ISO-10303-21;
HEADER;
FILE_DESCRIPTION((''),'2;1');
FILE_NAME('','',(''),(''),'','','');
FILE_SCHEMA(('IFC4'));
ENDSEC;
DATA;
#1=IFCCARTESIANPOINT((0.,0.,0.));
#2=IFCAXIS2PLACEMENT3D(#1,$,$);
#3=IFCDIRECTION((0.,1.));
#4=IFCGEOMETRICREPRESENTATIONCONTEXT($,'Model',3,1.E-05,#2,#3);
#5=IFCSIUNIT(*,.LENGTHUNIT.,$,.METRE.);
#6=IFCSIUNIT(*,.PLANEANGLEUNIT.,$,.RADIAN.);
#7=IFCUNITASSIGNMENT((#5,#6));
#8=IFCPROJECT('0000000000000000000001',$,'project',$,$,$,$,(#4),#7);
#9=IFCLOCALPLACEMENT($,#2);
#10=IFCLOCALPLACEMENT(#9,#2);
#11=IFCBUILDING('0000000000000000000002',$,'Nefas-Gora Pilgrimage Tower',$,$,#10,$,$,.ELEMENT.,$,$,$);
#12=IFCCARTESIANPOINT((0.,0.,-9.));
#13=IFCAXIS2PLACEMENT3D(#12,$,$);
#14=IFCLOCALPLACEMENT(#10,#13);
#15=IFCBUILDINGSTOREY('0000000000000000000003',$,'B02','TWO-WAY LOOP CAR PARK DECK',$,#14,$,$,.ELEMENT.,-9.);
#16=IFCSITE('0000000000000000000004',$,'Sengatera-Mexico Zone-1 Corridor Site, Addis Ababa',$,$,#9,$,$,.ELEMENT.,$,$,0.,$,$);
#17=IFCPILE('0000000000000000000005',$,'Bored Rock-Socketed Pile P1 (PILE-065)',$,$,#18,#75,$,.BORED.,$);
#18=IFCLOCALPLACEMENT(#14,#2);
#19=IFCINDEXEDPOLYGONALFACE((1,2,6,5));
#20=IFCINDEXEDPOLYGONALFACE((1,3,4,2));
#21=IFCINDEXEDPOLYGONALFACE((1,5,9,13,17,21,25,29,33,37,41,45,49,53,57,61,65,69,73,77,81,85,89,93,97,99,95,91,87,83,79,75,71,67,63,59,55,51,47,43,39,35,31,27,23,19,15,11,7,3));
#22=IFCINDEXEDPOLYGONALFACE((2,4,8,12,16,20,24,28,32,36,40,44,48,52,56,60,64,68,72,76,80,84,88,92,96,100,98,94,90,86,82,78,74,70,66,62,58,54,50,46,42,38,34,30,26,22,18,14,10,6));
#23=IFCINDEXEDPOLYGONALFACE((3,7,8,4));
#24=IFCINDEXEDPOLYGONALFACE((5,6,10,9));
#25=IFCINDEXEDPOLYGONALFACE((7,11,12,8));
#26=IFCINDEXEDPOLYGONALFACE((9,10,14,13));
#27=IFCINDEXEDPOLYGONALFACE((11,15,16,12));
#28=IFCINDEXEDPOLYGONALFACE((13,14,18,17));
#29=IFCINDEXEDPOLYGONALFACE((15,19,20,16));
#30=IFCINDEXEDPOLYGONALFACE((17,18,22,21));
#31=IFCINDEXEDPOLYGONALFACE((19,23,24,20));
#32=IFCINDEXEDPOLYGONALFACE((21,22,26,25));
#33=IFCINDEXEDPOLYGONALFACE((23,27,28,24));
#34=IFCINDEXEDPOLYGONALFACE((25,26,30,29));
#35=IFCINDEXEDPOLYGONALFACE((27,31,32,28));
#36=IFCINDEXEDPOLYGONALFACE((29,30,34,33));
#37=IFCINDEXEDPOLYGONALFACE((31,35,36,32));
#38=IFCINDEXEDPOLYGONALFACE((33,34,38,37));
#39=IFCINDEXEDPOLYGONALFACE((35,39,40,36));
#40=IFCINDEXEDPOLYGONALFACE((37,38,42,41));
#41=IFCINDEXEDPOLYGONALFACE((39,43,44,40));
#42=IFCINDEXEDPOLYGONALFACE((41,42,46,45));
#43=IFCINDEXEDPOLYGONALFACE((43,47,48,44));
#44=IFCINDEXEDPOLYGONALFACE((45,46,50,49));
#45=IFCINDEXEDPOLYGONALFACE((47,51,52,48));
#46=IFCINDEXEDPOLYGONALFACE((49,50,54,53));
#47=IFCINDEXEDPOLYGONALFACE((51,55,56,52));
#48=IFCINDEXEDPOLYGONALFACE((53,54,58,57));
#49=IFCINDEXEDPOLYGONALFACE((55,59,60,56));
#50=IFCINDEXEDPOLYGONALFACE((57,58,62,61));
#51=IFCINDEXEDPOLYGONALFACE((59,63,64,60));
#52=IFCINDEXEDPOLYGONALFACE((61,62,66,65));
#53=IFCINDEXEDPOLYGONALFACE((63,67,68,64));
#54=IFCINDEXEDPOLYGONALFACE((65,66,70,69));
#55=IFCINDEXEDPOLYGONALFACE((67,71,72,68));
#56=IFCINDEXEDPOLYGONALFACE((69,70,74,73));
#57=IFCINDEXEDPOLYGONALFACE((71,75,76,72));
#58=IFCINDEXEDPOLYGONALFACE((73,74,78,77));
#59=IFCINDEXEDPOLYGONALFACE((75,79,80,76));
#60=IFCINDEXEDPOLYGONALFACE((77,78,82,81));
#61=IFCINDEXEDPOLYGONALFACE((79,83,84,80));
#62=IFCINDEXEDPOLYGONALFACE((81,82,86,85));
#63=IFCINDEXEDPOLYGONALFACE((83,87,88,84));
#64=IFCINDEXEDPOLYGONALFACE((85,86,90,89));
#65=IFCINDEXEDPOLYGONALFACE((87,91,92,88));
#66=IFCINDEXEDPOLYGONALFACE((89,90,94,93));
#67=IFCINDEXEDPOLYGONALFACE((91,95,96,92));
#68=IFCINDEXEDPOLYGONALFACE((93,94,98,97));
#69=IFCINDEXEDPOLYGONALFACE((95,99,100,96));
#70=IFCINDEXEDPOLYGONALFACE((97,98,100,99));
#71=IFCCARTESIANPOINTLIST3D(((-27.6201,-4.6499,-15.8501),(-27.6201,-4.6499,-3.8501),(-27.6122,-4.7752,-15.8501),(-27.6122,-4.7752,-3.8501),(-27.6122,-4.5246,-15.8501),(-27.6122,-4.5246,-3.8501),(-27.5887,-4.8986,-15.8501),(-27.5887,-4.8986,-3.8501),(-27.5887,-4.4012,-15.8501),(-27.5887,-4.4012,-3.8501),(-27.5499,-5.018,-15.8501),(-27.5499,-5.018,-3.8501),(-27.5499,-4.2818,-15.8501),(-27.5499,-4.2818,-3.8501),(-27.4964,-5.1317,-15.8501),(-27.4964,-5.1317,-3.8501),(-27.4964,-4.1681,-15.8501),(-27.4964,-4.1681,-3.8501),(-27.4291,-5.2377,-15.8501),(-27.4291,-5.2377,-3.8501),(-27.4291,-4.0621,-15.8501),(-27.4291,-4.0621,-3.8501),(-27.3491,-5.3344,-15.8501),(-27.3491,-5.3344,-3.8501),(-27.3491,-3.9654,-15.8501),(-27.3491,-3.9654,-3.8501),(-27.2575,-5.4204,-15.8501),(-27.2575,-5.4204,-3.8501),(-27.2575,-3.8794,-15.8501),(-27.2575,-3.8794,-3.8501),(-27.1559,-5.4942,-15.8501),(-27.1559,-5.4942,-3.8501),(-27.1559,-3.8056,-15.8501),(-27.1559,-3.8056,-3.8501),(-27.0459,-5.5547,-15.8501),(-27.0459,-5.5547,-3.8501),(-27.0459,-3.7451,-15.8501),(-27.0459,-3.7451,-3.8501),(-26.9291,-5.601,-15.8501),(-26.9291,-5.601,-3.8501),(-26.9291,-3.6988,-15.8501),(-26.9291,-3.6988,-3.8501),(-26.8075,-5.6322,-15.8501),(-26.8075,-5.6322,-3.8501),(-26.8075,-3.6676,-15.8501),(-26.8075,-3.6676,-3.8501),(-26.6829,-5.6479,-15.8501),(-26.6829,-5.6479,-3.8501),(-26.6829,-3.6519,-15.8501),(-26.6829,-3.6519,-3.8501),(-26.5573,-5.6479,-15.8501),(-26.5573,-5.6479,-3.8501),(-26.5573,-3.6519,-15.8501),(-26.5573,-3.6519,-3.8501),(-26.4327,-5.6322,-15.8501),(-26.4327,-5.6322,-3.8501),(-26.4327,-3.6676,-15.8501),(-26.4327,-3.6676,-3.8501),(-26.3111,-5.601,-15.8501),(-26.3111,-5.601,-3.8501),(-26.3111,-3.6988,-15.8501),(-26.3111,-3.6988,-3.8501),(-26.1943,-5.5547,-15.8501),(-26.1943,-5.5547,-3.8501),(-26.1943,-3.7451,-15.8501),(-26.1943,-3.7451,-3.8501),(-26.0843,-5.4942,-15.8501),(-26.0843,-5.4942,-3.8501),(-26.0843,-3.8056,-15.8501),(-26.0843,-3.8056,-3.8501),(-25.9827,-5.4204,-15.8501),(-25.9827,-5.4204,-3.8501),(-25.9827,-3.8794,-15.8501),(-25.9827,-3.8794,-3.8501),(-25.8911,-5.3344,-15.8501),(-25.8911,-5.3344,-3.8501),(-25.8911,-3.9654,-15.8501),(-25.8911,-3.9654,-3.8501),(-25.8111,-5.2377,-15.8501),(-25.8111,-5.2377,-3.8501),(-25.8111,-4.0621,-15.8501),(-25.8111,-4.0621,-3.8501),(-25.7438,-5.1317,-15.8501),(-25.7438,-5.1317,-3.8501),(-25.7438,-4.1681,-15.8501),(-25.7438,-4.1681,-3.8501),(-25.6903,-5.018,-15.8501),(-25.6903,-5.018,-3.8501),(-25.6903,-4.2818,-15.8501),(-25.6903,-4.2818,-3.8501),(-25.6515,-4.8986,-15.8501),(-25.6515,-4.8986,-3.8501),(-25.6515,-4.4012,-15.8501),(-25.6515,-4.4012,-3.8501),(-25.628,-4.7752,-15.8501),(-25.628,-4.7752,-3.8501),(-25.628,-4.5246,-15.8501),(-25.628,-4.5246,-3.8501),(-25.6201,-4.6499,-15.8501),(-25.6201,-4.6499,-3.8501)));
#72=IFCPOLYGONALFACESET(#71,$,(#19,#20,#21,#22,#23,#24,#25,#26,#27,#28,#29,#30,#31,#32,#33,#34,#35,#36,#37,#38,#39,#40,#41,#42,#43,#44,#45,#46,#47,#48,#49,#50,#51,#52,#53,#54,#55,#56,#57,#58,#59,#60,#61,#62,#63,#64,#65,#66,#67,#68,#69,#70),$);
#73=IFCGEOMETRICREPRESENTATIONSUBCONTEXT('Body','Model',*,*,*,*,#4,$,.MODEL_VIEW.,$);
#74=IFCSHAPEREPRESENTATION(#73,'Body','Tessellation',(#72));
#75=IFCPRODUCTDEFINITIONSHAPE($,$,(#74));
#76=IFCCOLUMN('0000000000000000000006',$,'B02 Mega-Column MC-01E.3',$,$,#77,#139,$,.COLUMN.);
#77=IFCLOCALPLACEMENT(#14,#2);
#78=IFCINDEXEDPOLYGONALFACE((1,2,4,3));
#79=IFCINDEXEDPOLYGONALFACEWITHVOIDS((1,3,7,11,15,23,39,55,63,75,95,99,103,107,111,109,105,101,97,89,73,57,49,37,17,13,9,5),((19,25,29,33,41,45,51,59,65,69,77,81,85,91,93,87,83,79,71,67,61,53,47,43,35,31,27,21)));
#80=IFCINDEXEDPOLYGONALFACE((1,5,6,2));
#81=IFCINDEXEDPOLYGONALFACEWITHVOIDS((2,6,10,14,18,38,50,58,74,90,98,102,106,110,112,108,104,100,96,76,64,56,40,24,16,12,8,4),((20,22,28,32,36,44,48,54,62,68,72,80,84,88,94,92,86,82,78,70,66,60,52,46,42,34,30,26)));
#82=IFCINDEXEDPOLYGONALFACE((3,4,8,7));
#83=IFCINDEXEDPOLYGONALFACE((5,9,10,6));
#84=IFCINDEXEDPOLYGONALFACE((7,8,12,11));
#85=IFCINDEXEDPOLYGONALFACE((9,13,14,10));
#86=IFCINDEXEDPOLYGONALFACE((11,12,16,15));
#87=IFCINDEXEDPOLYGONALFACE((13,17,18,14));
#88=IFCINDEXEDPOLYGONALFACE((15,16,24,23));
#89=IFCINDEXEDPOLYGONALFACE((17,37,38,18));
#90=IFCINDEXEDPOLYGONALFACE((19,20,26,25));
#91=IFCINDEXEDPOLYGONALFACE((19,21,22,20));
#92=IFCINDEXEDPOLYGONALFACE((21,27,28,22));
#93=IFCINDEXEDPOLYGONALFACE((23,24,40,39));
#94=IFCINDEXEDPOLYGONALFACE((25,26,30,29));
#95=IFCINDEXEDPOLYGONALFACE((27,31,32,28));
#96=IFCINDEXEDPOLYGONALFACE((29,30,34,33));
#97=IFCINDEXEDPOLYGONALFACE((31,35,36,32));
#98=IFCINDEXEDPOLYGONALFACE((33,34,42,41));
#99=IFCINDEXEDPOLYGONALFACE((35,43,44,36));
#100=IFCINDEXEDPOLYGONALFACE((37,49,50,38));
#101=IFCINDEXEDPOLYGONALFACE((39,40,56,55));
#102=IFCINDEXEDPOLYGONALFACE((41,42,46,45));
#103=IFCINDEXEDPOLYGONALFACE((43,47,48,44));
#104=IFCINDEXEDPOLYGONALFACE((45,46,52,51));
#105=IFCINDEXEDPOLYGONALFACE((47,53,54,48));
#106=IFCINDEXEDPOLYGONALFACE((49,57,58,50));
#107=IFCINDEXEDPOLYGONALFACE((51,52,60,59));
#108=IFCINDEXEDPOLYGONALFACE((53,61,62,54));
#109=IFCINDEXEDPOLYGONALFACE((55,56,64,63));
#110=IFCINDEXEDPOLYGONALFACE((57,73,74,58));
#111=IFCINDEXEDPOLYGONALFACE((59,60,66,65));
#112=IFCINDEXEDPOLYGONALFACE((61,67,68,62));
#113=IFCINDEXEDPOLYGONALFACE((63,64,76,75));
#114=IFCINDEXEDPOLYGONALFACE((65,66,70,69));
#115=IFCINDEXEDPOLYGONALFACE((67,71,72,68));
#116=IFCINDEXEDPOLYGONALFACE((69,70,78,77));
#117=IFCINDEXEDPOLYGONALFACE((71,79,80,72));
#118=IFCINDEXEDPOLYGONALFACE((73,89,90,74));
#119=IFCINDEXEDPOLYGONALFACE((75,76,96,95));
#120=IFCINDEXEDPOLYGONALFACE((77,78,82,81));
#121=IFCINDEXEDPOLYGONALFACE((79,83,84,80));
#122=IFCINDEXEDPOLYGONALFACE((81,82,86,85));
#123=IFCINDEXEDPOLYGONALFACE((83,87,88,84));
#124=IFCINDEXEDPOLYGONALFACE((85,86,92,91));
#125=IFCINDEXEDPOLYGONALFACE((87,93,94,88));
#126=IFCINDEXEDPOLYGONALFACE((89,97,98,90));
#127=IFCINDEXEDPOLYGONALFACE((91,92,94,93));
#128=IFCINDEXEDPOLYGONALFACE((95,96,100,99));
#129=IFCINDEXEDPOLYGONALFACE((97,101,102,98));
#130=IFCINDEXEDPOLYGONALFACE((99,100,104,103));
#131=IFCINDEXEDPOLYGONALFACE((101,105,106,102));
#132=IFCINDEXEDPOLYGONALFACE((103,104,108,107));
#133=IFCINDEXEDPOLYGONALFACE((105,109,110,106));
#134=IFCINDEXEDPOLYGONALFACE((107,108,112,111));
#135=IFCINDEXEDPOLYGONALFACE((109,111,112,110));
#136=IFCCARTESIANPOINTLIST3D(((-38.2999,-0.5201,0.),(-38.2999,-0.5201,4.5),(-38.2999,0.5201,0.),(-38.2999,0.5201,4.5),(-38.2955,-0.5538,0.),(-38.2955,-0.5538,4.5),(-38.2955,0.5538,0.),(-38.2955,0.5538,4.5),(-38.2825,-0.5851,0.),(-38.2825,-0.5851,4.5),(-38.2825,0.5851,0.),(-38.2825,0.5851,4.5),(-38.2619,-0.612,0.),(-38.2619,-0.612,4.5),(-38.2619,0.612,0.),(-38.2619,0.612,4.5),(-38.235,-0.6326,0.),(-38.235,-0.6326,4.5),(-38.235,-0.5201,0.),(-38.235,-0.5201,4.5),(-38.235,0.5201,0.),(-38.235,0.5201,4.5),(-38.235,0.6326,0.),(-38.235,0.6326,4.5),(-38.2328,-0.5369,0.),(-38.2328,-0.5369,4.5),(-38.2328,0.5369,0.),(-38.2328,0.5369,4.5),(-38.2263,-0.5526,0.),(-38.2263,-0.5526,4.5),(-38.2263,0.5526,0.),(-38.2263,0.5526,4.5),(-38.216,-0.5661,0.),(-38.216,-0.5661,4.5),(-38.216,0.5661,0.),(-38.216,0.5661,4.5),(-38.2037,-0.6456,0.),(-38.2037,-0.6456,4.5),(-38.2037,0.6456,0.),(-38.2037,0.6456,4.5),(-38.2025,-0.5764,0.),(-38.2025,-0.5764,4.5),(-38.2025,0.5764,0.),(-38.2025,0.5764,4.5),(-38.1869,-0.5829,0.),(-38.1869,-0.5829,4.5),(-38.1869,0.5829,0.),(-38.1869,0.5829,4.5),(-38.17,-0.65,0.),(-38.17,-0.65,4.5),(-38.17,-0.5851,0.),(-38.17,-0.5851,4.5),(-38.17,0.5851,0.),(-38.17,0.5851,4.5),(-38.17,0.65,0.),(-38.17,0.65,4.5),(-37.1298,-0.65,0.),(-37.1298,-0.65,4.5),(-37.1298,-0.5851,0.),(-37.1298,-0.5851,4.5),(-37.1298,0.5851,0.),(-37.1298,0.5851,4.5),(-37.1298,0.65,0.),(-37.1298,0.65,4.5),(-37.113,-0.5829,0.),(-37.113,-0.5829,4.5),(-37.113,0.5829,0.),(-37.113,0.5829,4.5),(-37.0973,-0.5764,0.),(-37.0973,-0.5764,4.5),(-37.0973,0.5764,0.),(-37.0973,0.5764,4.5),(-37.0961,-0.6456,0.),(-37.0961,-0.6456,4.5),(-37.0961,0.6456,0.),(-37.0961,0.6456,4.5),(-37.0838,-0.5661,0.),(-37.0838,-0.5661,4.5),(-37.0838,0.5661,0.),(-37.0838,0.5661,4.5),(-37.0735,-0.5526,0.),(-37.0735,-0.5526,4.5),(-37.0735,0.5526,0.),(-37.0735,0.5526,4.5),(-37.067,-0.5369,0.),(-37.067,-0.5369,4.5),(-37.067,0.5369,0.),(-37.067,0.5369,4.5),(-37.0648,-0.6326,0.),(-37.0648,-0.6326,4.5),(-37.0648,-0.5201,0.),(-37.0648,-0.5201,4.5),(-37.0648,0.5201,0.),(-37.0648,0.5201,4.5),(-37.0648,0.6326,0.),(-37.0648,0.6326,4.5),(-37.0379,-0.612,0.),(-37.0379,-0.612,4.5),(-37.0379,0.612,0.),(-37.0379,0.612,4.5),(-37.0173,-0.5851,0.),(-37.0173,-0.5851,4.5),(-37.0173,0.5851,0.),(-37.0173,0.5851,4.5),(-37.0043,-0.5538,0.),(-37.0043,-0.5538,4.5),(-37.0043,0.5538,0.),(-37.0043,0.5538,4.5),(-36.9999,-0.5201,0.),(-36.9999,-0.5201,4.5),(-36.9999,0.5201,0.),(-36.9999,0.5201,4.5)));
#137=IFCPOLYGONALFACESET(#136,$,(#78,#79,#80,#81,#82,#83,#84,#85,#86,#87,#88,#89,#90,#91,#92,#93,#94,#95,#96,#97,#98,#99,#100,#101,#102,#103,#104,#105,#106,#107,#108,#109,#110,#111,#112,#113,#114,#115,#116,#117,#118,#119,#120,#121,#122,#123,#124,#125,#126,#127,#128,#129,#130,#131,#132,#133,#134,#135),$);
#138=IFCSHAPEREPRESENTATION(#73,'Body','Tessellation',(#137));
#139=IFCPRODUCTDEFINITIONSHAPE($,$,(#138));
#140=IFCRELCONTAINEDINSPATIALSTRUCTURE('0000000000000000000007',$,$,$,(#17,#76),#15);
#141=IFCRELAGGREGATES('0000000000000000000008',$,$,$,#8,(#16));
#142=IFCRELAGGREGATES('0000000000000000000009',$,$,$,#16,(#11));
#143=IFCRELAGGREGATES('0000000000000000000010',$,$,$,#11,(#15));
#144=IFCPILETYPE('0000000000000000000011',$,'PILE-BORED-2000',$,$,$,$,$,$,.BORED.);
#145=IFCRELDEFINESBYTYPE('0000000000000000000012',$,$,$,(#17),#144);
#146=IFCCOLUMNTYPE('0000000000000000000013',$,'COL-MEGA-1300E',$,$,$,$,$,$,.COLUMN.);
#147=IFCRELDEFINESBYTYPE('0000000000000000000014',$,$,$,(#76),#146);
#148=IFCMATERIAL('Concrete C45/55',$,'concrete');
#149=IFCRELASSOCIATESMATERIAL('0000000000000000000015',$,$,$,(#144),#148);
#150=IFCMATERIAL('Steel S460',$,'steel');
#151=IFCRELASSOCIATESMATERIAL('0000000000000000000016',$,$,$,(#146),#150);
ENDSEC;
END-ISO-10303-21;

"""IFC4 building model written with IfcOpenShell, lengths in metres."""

from ifc_helpers import new_model, si_unit, direction, frame, origin, origin_2d, place, context, subcontext, project, spatial, hollow_rectangle, circle, extrude, source, transform, mapped, material, material_profile, profile_set, type_object, element, save


model = new_model("IFC4")

# Units and contexts
model_context = context("Model", 3, precision=1e-05, world=origin(), true_north=direction((0.0, 1.0)))
body_context = subcontext(model_context, "Body", "Model", "MODEL_VIEW")
ifc_project = project(units=[si_unit("LENGTHUNIT", "METRE"), si_unit("PLANEANGLEUNIT", "RADIAN")], contexts=[model_context])

# Site, building, storey
site_placement = place(None, origin())
site = spatial("IfcSite", under=ifc_project, at=site_placement, Name="Sengatera-Mexico Zone-1 Corridor Site, Addis Ababa", CompositionType="ELEMENT", RefElevation=0.0)
building_placement = place(site_placement, origin())
building = spatial("IfcBuilding", under=site, at=building_placement, Name="Nefas-Gora Pilgrimage Tower", CompositionType="ELEMENT")
storey_placement = place(building_placement, frame((0.0, 0.0, -9.0)))
storey = spatial("IfcBuildingStorey", under=building, at=storey_placement, Name="B02", Description="TWO-WAY LOOP CAR PARK DECK", CompositionType="ELEMENT", Elevation=-9.0)

# Pile
ifc_material_1 = material(Name="Concrete C45/55", Category="concrete")
ifc_material_profile_1 = material_profile(ifc_material_1, circle(Radius=1.0, at=origin_2d()), Name="PILE D2000")
ifc_profile_set_1 = profile_set([ifc_material_profile_1], Name="Concrete C45/55")
pile_type_1 = type_object("IfcPileType", Name="PILE-BORED-2000", PredefinedType="BORED", material=ifc_profile_set_1)
shared_shape_1 = source(origin(), body_context, "Body", "SweptSolid", [
    extrude(circle(Radius=1.0, at=origin_2d()), origin(), (0.0, 0.0, 1.0), 12.0),
])
pile_placement = place(storey_placement, frame((-26.6201, -4.6499, -3.8501), z_axis=(0.0, 0.0, -1.0), x_axis=(1.0, 0.0, 0.0)))
element("IfcPile", 1, at=pile_placement, inside=storey, type_object=pile_type_1, Name="Bored Rock-Socketed Pile P1 (PILE-065)", PredefinedType="BORED", context=body_context, shape_type="MappedRepresentation", body=[
    mapped(shared_shape_1, transform((0.0, 0.0, 0.0), x_axis=(1.0, 0.0, 0.0), y_axis=(0.0, 1.0, 0.0), z_axis=(0.0, 0.0, 1.0), scale=1.0)),
])

# Column
ifc_material_2 = material(Name="Steel S460", Category="steel")
ifc_material_profile_2 = material_profile(ifc_material_2, hollow_rectangle(XDim=1.3, YDim=1.3, WallThickness=0.0649, InnerFilletRadius=0.0649, OuterFilletRadius=0.1299, at=origin_2d()), Name="BOX 1300x1300x65")
ifc_profile_set_2 = profile_set([ifc_material_profile_2], Name="Steel S460")
column_type_1 = type_object("IfcColumnType", Name="COL-MEGA-1300E", PredefinedType="COLUMN", material=ifc_profile_set_2)
shared_shape_2 = source(origin(), body_context, "Body", "SweptSolid", [
    extrude(hollow_rectangle(XDim=1.3, YDim=1.3, WallThickness=0.0649, InnerFilletRadius=0.0649, OuterFilletRadius=0.1299, at=origin_2d()), origin(), (0.0, 0.0, 1.0), 4.5),
])
column_1_placement = place(storey_placement, frame((-37.6499, 0.0, 0.0), z_axis=(0.0, 0.0, 1.0), x_axis=(1.0, 0.0, 0.0)))
element("IfcColumn", 2, at=column_1_placement, inside=storey, type_object=column_type_1, Name="B02 Mega-Column MC-01E.3", PredefinedType="COLUMN", context=body_context, shape_type="MappedRepresentation", body=[
    mapped(shared_shape_2, transform((0.0, 0.0, 0.0), x_axis=(1.0, 0.0, 0.0), y_axis=(0.0, 1.0, 0.0), z_axis=(0.0, 0.0, 1.0), scale=1.0)),
])

save(model, "model.ifc")
